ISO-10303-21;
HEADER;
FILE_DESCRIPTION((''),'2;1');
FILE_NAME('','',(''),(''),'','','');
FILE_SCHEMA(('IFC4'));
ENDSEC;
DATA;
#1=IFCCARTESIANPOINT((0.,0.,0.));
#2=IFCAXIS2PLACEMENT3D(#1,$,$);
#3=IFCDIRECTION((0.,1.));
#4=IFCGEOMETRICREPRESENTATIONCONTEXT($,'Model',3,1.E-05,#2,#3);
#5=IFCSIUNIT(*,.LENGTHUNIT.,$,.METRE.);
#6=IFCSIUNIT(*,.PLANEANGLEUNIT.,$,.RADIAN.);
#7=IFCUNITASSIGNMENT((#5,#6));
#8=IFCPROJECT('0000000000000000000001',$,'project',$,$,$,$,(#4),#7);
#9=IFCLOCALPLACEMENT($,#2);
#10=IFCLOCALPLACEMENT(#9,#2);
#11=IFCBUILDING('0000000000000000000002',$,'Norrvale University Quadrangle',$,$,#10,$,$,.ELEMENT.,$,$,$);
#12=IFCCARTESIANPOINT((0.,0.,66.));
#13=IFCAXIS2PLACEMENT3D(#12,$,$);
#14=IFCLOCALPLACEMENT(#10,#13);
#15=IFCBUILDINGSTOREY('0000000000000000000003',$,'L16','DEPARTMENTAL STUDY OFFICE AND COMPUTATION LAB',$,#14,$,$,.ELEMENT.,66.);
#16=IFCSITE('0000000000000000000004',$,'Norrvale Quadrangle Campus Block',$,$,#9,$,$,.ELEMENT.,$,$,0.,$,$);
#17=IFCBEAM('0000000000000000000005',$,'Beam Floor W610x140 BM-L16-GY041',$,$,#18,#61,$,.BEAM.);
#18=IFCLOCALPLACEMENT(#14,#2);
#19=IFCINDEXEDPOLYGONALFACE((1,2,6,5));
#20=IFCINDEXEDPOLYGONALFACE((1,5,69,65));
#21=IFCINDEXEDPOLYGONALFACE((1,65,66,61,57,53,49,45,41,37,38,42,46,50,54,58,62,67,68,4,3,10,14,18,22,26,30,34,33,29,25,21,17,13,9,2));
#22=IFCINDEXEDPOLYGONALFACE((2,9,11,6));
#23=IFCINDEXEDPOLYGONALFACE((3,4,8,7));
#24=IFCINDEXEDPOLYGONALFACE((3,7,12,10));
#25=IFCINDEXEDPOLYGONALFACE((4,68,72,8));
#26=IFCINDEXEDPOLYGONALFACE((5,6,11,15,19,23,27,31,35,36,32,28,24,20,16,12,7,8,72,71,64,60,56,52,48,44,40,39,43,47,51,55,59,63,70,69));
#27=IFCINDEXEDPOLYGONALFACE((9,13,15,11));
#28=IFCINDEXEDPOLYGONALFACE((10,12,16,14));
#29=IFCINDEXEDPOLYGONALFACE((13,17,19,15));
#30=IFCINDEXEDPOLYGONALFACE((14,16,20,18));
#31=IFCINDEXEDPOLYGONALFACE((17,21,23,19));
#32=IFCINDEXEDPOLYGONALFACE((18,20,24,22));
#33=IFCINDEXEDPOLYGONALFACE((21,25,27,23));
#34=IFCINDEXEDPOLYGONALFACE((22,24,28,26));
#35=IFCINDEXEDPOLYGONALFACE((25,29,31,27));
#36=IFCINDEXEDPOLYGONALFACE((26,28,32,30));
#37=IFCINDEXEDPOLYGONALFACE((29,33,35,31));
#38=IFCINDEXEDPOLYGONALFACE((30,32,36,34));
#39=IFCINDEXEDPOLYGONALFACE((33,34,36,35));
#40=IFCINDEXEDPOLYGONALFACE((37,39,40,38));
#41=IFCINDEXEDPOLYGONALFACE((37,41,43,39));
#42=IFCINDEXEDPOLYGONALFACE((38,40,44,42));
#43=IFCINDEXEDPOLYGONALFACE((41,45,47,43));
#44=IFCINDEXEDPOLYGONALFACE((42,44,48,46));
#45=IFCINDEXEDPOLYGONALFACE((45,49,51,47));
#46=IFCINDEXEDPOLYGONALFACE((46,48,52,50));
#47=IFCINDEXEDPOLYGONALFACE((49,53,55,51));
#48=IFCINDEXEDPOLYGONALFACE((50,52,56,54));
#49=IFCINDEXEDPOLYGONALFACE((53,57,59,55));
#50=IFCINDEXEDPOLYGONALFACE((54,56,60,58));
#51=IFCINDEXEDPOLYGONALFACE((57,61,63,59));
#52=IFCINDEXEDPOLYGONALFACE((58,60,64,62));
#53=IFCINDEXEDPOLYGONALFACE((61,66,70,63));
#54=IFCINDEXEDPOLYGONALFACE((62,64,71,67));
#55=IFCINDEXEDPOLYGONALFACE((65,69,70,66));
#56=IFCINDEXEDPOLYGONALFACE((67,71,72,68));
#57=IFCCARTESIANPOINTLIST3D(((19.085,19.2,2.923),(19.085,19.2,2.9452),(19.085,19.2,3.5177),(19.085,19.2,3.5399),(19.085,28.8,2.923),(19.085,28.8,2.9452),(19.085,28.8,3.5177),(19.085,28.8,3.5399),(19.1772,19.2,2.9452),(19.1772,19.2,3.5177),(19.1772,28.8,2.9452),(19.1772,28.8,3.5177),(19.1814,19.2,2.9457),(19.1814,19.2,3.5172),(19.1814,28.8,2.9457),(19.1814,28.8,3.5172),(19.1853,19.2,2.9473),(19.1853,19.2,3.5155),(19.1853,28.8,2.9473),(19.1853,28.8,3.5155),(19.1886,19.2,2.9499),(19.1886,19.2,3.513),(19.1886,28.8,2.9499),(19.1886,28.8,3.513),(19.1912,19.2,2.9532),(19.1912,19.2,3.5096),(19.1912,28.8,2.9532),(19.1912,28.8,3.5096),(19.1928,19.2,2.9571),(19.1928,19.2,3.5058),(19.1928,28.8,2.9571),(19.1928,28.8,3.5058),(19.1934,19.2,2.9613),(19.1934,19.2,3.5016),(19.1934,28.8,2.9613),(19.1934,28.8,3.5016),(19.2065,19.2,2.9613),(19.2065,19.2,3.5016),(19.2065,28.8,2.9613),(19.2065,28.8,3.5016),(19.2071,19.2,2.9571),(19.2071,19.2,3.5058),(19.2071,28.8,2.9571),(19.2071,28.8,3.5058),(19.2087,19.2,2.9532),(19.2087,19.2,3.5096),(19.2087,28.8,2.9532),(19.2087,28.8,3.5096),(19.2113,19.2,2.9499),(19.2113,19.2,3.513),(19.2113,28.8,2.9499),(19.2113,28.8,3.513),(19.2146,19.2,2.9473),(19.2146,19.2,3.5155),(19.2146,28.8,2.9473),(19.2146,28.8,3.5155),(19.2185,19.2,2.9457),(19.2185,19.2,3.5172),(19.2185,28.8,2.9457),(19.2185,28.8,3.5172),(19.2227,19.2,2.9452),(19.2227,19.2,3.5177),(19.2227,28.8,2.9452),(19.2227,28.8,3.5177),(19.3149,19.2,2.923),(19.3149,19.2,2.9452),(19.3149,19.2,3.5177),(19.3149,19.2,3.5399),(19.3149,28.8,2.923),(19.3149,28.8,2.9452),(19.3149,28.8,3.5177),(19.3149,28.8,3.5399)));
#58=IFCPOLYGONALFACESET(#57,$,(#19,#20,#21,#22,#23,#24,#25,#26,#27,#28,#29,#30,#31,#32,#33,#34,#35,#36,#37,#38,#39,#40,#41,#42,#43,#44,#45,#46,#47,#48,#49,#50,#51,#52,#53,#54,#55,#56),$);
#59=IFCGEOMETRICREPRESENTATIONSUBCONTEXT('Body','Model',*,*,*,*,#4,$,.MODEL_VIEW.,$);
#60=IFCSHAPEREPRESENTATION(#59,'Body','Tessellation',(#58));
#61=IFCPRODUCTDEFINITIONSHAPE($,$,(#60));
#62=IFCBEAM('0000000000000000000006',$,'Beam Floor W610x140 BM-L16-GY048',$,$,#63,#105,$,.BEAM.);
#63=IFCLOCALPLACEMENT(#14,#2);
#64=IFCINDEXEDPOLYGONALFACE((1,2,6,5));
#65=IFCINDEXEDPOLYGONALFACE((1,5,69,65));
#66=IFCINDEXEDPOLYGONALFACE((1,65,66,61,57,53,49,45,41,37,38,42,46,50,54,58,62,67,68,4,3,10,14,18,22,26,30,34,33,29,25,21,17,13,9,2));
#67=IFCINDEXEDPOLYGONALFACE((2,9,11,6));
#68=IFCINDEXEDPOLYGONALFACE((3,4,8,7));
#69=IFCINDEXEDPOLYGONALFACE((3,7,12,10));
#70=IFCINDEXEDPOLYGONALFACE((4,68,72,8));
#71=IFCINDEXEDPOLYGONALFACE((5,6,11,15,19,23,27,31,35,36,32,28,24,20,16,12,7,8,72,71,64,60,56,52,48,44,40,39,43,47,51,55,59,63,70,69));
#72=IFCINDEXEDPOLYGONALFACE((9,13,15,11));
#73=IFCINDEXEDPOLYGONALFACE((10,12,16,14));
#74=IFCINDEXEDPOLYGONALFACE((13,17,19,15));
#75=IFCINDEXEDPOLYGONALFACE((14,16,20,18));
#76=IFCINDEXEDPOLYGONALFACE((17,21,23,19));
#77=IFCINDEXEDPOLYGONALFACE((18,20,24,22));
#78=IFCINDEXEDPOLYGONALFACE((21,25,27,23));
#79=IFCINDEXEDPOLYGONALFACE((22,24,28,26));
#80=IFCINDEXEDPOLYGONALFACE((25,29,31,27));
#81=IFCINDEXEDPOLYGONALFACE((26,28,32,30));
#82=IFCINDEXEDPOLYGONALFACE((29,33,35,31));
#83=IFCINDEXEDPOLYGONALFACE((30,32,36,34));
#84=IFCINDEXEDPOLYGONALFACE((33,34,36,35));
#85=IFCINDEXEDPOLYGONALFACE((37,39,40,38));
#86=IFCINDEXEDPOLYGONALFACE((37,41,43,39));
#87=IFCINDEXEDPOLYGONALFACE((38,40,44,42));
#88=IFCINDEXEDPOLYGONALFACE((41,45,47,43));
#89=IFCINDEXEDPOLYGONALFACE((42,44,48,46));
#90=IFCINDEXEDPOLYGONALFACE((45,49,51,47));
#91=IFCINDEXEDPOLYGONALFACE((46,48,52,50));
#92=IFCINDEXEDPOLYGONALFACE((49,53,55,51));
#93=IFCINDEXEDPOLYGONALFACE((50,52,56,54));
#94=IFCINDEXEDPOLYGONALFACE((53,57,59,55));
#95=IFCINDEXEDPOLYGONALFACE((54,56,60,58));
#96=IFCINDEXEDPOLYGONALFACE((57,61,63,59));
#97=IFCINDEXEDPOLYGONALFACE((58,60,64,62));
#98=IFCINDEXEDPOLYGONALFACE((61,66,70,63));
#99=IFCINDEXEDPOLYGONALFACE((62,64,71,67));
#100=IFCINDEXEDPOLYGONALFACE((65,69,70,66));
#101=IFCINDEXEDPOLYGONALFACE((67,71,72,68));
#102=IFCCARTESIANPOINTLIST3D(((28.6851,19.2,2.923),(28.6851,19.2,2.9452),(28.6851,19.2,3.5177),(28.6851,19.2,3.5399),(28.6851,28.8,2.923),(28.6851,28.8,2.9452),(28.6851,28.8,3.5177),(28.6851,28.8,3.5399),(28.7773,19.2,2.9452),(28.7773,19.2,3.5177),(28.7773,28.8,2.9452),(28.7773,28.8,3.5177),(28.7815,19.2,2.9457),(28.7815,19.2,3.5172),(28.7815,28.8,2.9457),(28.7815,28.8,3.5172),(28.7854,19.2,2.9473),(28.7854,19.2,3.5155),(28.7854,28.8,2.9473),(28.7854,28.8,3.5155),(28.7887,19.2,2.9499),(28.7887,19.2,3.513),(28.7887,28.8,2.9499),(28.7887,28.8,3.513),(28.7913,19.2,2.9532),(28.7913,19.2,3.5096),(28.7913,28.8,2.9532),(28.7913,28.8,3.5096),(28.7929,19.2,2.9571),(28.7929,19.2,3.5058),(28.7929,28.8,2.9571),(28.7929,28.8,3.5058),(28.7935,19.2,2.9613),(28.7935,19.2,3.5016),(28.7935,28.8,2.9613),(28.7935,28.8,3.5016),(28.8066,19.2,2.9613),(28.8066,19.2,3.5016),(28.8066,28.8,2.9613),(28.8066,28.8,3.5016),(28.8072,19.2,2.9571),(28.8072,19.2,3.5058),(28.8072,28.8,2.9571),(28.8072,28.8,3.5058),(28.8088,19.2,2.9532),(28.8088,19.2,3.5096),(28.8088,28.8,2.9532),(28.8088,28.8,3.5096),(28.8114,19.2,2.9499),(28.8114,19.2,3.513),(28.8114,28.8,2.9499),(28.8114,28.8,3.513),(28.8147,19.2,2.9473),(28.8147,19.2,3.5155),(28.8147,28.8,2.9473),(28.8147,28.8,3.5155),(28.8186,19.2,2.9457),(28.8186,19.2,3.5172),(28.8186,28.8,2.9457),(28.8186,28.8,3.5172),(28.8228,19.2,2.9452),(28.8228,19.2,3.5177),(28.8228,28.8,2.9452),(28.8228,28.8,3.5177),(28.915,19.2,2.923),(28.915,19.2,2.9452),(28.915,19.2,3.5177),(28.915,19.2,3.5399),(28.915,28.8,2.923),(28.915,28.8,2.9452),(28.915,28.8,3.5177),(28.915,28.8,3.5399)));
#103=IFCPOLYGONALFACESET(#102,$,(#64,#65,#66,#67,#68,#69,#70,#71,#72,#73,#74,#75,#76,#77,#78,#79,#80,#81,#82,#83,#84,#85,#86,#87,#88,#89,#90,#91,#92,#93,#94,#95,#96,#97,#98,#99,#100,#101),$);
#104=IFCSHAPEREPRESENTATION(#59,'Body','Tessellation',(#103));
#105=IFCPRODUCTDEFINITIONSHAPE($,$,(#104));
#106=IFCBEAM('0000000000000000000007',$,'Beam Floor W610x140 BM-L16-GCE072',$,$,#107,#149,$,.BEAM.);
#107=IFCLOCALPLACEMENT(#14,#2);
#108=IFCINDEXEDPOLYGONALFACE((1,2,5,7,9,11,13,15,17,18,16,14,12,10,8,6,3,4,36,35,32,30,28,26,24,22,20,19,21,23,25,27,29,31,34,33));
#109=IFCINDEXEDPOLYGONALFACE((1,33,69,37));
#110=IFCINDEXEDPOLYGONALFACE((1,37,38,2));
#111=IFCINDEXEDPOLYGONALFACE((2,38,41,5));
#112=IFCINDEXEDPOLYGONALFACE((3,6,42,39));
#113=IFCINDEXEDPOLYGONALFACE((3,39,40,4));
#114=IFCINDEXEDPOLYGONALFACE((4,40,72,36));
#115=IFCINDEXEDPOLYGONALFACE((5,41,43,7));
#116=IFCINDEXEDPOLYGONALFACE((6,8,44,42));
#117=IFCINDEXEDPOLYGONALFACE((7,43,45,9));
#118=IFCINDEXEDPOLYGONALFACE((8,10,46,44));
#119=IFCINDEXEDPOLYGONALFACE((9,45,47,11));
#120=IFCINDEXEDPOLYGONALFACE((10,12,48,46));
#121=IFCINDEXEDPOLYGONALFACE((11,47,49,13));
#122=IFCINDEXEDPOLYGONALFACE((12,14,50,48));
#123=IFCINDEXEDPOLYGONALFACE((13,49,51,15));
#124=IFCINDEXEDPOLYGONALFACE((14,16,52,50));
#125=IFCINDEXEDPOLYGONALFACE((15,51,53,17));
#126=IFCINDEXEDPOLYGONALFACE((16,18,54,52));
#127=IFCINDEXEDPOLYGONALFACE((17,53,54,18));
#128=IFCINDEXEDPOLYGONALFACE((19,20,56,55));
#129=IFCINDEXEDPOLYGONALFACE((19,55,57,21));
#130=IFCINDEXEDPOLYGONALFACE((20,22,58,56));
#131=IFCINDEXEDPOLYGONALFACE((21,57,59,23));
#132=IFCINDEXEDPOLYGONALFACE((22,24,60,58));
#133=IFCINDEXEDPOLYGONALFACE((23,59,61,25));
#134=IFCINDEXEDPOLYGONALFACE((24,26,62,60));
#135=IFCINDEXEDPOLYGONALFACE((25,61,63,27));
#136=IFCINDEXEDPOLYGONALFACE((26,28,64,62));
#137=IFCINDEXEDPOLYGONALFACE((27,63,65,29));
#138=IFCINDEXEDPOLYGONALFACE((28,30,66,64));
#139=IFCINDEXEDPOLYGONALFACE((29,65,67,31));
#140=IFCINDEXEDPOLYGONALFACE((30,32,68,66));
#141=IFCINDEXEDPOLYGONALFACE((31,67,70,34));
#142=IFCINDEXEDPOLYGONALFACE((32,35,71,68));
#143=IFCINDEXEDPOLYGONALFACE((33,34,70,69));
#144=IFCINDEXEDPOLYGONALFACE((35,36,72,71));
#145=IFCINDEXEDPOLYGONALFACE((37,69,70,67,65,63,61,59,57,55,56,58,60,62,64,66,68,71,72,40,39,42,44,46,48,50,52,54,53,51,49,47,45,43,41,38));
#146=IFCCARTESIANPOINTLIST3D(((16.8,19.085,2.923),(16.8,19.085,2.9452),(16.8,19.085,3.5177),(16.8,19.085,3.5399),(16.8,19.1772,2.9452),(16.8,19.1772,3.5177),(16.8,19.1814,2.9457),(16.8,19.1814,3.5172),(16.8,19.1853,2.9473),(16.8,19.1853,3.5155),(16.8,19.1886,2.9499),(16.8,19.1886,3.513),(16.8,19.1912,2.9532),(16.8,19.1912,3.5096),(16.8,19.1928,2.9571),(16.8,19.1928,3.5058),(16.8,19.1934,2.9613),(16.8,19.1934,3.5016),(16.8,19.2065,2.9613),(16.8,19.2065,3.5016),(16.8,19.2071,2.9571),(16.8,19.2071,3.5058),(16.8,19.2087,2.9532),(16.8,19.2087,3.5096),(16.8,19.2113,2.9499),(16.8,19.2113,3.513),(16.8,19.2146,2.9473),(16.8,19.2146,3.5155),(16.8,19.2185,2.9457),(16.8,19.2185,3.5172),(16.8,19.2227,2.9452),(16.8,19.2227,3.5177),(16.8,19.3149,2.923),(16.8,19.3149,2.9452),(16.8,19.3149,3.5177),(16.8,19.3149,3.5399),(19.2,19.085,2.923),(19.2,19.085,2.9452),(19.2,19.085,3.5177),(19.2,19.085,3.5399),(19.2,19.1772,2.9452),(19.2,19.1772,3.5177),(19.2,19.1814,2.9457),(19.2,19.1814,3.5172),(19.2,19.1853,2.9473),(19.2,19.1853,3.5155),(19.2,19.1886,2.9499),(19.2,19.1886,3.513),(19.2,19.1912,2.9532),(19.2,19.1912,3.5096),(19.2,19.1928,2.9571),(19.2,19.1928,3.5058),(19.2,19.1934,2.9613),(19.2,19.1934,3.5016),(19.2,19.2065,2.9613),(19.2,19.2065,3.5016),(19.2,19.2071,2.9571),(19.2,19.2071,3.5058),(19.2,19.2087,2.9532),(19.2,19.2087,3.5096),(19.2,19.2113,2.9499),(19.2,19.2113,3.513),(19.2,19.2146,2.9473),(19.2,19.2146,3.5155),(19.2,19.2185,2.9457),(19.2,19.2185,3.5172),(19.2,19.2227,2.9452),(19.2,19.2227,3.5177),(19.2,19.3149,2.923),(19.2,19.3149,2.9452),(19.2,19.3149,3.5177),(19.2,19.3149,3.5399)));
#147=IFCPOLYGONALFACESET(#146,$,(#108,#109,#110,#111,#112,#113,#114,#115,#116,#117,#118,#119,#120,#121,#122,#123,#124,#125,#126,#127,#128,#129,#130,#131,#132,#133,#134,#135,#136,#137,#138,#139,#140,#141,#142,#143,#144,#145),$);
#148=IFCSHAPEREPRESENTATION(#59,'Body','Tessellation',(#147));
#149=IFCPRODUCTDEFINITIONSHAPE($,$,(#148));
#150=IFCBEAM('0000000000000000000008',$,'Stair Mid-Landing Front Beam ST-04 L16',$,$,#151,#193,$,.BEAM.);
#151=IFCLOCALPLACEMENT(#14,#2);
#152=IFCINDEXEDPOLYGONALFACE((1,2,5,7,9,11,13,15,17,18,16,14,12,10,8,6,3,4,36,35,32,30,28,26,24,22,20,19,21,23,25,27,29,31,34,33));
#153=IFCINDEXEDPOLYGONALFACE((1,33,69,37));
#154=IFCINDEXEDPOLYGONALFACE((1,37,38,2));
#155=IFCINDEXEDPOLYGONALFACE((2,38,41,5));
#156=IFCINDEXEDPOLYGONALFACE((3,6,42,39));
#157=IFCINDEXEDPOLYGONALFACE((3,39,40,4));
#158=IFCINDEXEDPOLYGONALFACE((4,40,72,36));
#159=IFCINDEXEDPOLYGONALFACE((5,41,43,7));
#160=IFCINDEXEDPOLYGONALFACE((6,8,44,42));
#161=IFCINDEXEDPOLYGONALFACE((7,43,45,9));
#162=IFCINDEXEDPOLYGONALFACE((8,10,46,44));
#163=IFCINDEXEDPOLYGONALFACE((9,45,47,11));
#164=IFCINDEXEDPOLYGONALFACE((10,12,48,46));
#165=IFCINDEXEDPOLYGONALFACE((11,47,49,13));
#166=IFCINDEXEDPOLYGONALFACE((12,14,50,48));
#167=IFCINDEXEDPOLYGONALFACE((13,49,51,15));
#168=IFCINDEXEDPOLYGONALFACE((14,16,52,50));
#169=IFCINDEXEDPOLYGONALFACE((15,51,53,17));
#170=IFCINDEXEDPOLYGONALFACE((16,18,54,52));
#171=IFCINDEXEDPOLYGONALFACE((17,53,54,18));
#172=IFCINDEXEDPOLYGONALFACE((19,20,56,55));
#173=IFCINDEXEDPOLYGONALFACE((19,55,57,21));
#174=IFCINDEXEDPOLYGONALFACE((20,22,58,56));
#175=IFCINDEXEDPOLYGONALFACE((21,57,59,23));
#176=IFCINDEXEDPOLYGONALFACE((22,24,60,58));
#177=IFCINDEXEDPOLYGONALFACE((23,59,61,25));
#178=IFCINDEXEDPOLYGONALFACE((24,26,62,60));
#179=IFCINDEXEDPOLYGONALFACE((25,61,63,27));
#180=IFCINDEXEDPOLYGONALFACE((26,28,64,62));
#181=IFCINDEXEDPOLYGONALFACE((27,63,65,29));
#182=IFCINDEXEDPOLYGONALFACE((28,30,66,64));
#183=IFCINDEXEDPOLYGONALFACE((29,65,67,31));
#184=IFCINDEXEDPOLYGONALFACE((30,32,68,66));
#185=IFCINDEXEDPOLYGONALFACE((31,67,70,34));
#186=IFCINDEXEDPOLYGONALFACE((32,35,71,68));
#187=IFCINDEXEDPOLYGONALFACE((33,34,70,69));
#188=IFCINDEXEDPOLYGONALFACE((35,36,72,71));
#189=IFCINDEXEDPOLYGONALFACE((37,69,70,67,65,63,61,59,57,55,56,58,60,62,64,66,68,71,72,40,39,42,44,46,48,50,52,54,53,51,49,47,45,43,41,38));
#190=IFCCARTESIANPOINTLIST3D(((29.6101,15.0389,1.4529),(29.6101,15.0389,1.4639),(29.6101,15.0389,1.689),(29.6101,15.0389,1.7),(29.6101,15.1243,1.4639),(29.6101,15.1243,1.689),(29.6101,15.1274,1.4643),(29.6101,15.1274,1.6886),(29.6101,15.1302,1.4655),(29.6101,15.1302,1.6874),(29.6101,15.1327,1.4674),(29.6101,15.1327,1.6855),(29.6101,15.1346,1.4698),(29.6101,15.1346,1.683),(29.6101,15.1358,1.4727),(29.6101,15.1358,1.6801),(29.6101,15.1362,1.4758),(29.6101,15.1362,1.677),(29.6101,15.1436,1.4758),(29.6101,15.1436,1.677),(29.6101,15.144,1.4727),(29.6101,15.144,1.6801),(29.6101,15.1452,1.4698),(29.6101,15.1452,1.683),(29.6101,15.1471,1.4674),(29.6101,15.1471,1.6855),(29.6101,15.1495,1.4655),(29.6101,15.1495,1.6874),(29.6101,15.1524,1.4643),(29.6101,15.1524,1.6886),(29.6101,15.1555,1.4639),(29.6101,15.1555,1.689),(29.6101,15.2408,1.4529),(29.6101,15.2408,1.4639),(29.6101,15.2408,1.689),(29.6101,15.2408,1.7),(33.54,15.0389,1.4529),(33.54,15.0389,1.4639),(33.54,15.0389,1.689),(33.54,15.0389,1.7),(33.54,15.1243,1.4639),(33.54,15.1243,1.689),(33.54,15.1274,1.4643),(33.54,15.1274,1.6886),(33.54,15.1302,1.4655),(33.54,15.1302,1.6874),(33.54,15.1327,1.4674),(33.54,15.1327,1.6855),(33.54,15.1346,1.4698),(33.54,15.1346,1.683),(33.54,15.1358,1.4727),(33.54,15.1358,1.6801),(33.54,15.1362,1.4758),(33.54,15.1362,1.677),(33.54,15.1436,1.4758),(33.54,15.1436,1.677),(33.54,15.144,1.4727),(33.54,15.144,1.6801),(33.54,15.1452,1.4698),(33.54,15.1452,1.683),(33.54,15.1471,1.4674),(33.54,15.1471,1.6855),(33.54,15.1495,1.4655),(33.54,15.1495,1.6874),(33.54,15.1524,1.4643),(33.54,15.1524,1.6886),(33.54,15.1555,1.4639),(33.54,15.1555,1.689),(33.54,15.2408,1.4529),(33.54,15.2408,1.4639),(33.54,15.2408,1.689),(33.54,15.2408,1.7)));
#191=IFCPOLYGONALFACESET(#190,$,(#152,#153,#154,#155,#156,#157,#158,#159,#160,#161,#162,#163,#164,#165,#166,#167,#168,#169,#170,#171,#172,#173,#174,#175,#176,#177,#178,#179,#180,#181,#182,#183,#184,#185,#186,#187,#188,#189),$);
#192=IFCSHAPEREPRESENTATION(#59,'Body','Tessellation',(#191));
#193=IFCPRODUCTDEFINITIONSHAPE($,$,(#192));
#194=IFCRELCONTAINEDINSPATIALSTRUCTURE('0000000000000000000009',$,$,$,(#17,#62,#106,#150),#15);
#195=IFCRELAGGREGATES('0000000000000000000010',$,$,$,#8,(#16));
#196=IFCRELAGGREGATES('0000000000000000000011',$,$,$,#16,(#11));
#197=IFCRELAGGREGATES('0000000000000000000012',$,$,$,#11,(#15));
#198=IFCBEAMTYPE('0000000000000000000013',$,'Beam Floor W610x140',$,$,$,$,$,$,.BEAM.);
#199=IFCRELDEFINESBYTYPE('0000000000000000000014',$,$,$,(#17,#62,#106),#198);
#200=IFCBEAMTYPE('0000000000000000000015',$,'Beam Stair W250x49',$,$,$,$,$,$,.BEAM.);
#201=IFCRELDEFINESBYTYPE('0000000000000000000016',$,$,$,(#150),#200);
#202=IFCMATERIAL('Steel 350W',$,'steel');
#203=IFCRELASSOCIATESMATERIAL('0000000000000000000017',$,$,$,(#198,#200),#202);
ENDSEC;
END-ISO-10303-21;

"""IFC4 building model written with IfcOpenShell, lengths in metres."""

from ifc_helpers import new_model, si_unit, direction, frame, origin, origin_2d, place, context, subcontext, project, spatial, i_section, extrude, material, material_profile, profile_set, type_object, element, save


model = new_model("IFC4")

# Units and contexts
model_context = context("Model", 3, precision=1e-05, world=origin(), true_north=direction((0.0, 1.0)))
body_context = subcontext(model_context, "Body", "Model", "MODEL_VIEW")
ifc_project = project(units=[si_unit("LENGTHUNIT", "METRE"), si_unit("PLANEANGLEUNIT", "RADIAN")], contexts=[model_context])

# Site, building, storey
site_placement = place(None, origin())
site = spatial("IfcSite", under=ifc_project, at=site_placement, Name="Norrvale Quadrangle Campus Block", CompositionType="ELEMENT", RefElevation=0.0)
building_placement = place(site_placement, origin())
building = spatial("IfcBuilding", under=site, at=building_placement, Name="Norrvale University Quadrangle", CompositionType="ELEMENT")
storey_placement = place(building_placement, frame((0.0, 0.0, 66.0)))
storey = spatial("IfcBuildingStorey", under=building, at=storey_placement, Name="L16", Description="DEPARTMENTAL STUDY OFFICE AND COMPUTATION LAB", CompositionType="ELEMENT", Elevation=66.0)

# Beams
ifc_material_1 = material(Name="Steel 350W", Category="steel")
ifc_material_profile_1 = material_profile(ifc_material_1, i_section(OverallWidth=0.23, OverallDepth=0.6169, WebThickness=0.0132, FlangeThickness=0.0222, FilletRadius=0.0161, at=origin_2d()), Name="Steel 350W")
ifc_profile_set_1 = profile_set([ifc_material_profile_1], Name="Steel 350W")
beam_type_1 = type_object("IfcBeamType", Name="Beam Floor W610x140", PredefinedType="BEAM", material=ifc_profile_set_1)
for number, where, z_axis, x_axis, name in (
    (1, (19.2, 19.2, 3.2314), (0.0, 1.0, 0.0), (-1.0, 0.0, 0.0), "Beam Floor W610x140 BM-L16-GY041"),
    (2, (28.8, 19.2, 3.2314), (0.0, 1.0, 0.0), (-1.0, 0.0, 0.0), "Beam Floor W610x140 BM-L16-GY048"),
):
    element("IfcBeam", number, at=place(storey_placement, frame(where, z_axis=z_axis, x_axis=x_axis)), inside=storey, type_object=beam_type_1, Name=name, PredefinedType="BEAM", context=body_context, shape_type="SweptSolid", body=[
        extrude(i_section(OverallWidth=0.23, OverallDepth=0.6169, WebThickness=0.0132, FlangeThickness=0.0222, FilletRadius=0.0161, at=origin_2d()), origin(), (0.0, 0.0, 1.0), 9.6001),
    ])
beam_1_placement = place(storey_placement, frame((16.8, 19.2, 3.2314), z_axis=(1.0, 0.0, 0.0), x_axis=(0.0, 1.0, 0.0)))
element("IfcBeam", 3, at=beam_1_placement, inside=storey, type_object=beam_type_1, Name="Beam Floor W610x140 BM-L16-GCE072", PredefinedType="BEAM", context=body_context, shape_type="SweptSolid", body=[
    extrude(i_section(OverallWidth=0.23, OverallDepth=0.6169, WebThickness=0.0132, FlangeThickness=0.0222, FilletRadius=0.0161, at=origin_2d()), origin(), (0.0, 0.0, 1.0), 2.3999),
])
ifc_material_profile_2 = material_profile(ifc_material_1, i_section(OverallWidth=0.2019, OverallDepth=0.2471, WebThickness=0.0073, FlangeThickness=0.011, FilletRadius=0.012, at=origin_2d()), Name="Steel 350W")
ifc_profile_set_2 = profile_set([ifc_material_profile_2], Name="Steel 350W")
beam_type_2 = type_object("IfcBeamType", Name="Beam Stair W250x49", PredefinedType="BEAM", material=ifc_profile_set_2)
for number, where, z_axis, x_axis, name in (
    (4, (29.6101, 15.1399, 1.5764), (1.0, 0.0, 0.0), (0.0, 1.0, 0.0), "Stair Mid-Landing Front Beam ST-04 L16"),
):
    element("IfcBeam", number, at=place(storey_placement, frame(where, z_axis=z_axis, x_axis=x_axis)), inside=storey, type_object=beam_type_2, Name=name, PredefinedType="BEAM", context=body_context, shape_type="SweptSolid", body=[
        extrude(i_section(OverallWidth=0.2019, OverallDepth=0.2471, WebThickness=0.0073, FlangeThickness=0.011, FilletRadius=0.012, at=origin_2d()), origin(), (0.0, 0.0, 1.0), 3.9299),
    ])

save(model, "model.ifc")
